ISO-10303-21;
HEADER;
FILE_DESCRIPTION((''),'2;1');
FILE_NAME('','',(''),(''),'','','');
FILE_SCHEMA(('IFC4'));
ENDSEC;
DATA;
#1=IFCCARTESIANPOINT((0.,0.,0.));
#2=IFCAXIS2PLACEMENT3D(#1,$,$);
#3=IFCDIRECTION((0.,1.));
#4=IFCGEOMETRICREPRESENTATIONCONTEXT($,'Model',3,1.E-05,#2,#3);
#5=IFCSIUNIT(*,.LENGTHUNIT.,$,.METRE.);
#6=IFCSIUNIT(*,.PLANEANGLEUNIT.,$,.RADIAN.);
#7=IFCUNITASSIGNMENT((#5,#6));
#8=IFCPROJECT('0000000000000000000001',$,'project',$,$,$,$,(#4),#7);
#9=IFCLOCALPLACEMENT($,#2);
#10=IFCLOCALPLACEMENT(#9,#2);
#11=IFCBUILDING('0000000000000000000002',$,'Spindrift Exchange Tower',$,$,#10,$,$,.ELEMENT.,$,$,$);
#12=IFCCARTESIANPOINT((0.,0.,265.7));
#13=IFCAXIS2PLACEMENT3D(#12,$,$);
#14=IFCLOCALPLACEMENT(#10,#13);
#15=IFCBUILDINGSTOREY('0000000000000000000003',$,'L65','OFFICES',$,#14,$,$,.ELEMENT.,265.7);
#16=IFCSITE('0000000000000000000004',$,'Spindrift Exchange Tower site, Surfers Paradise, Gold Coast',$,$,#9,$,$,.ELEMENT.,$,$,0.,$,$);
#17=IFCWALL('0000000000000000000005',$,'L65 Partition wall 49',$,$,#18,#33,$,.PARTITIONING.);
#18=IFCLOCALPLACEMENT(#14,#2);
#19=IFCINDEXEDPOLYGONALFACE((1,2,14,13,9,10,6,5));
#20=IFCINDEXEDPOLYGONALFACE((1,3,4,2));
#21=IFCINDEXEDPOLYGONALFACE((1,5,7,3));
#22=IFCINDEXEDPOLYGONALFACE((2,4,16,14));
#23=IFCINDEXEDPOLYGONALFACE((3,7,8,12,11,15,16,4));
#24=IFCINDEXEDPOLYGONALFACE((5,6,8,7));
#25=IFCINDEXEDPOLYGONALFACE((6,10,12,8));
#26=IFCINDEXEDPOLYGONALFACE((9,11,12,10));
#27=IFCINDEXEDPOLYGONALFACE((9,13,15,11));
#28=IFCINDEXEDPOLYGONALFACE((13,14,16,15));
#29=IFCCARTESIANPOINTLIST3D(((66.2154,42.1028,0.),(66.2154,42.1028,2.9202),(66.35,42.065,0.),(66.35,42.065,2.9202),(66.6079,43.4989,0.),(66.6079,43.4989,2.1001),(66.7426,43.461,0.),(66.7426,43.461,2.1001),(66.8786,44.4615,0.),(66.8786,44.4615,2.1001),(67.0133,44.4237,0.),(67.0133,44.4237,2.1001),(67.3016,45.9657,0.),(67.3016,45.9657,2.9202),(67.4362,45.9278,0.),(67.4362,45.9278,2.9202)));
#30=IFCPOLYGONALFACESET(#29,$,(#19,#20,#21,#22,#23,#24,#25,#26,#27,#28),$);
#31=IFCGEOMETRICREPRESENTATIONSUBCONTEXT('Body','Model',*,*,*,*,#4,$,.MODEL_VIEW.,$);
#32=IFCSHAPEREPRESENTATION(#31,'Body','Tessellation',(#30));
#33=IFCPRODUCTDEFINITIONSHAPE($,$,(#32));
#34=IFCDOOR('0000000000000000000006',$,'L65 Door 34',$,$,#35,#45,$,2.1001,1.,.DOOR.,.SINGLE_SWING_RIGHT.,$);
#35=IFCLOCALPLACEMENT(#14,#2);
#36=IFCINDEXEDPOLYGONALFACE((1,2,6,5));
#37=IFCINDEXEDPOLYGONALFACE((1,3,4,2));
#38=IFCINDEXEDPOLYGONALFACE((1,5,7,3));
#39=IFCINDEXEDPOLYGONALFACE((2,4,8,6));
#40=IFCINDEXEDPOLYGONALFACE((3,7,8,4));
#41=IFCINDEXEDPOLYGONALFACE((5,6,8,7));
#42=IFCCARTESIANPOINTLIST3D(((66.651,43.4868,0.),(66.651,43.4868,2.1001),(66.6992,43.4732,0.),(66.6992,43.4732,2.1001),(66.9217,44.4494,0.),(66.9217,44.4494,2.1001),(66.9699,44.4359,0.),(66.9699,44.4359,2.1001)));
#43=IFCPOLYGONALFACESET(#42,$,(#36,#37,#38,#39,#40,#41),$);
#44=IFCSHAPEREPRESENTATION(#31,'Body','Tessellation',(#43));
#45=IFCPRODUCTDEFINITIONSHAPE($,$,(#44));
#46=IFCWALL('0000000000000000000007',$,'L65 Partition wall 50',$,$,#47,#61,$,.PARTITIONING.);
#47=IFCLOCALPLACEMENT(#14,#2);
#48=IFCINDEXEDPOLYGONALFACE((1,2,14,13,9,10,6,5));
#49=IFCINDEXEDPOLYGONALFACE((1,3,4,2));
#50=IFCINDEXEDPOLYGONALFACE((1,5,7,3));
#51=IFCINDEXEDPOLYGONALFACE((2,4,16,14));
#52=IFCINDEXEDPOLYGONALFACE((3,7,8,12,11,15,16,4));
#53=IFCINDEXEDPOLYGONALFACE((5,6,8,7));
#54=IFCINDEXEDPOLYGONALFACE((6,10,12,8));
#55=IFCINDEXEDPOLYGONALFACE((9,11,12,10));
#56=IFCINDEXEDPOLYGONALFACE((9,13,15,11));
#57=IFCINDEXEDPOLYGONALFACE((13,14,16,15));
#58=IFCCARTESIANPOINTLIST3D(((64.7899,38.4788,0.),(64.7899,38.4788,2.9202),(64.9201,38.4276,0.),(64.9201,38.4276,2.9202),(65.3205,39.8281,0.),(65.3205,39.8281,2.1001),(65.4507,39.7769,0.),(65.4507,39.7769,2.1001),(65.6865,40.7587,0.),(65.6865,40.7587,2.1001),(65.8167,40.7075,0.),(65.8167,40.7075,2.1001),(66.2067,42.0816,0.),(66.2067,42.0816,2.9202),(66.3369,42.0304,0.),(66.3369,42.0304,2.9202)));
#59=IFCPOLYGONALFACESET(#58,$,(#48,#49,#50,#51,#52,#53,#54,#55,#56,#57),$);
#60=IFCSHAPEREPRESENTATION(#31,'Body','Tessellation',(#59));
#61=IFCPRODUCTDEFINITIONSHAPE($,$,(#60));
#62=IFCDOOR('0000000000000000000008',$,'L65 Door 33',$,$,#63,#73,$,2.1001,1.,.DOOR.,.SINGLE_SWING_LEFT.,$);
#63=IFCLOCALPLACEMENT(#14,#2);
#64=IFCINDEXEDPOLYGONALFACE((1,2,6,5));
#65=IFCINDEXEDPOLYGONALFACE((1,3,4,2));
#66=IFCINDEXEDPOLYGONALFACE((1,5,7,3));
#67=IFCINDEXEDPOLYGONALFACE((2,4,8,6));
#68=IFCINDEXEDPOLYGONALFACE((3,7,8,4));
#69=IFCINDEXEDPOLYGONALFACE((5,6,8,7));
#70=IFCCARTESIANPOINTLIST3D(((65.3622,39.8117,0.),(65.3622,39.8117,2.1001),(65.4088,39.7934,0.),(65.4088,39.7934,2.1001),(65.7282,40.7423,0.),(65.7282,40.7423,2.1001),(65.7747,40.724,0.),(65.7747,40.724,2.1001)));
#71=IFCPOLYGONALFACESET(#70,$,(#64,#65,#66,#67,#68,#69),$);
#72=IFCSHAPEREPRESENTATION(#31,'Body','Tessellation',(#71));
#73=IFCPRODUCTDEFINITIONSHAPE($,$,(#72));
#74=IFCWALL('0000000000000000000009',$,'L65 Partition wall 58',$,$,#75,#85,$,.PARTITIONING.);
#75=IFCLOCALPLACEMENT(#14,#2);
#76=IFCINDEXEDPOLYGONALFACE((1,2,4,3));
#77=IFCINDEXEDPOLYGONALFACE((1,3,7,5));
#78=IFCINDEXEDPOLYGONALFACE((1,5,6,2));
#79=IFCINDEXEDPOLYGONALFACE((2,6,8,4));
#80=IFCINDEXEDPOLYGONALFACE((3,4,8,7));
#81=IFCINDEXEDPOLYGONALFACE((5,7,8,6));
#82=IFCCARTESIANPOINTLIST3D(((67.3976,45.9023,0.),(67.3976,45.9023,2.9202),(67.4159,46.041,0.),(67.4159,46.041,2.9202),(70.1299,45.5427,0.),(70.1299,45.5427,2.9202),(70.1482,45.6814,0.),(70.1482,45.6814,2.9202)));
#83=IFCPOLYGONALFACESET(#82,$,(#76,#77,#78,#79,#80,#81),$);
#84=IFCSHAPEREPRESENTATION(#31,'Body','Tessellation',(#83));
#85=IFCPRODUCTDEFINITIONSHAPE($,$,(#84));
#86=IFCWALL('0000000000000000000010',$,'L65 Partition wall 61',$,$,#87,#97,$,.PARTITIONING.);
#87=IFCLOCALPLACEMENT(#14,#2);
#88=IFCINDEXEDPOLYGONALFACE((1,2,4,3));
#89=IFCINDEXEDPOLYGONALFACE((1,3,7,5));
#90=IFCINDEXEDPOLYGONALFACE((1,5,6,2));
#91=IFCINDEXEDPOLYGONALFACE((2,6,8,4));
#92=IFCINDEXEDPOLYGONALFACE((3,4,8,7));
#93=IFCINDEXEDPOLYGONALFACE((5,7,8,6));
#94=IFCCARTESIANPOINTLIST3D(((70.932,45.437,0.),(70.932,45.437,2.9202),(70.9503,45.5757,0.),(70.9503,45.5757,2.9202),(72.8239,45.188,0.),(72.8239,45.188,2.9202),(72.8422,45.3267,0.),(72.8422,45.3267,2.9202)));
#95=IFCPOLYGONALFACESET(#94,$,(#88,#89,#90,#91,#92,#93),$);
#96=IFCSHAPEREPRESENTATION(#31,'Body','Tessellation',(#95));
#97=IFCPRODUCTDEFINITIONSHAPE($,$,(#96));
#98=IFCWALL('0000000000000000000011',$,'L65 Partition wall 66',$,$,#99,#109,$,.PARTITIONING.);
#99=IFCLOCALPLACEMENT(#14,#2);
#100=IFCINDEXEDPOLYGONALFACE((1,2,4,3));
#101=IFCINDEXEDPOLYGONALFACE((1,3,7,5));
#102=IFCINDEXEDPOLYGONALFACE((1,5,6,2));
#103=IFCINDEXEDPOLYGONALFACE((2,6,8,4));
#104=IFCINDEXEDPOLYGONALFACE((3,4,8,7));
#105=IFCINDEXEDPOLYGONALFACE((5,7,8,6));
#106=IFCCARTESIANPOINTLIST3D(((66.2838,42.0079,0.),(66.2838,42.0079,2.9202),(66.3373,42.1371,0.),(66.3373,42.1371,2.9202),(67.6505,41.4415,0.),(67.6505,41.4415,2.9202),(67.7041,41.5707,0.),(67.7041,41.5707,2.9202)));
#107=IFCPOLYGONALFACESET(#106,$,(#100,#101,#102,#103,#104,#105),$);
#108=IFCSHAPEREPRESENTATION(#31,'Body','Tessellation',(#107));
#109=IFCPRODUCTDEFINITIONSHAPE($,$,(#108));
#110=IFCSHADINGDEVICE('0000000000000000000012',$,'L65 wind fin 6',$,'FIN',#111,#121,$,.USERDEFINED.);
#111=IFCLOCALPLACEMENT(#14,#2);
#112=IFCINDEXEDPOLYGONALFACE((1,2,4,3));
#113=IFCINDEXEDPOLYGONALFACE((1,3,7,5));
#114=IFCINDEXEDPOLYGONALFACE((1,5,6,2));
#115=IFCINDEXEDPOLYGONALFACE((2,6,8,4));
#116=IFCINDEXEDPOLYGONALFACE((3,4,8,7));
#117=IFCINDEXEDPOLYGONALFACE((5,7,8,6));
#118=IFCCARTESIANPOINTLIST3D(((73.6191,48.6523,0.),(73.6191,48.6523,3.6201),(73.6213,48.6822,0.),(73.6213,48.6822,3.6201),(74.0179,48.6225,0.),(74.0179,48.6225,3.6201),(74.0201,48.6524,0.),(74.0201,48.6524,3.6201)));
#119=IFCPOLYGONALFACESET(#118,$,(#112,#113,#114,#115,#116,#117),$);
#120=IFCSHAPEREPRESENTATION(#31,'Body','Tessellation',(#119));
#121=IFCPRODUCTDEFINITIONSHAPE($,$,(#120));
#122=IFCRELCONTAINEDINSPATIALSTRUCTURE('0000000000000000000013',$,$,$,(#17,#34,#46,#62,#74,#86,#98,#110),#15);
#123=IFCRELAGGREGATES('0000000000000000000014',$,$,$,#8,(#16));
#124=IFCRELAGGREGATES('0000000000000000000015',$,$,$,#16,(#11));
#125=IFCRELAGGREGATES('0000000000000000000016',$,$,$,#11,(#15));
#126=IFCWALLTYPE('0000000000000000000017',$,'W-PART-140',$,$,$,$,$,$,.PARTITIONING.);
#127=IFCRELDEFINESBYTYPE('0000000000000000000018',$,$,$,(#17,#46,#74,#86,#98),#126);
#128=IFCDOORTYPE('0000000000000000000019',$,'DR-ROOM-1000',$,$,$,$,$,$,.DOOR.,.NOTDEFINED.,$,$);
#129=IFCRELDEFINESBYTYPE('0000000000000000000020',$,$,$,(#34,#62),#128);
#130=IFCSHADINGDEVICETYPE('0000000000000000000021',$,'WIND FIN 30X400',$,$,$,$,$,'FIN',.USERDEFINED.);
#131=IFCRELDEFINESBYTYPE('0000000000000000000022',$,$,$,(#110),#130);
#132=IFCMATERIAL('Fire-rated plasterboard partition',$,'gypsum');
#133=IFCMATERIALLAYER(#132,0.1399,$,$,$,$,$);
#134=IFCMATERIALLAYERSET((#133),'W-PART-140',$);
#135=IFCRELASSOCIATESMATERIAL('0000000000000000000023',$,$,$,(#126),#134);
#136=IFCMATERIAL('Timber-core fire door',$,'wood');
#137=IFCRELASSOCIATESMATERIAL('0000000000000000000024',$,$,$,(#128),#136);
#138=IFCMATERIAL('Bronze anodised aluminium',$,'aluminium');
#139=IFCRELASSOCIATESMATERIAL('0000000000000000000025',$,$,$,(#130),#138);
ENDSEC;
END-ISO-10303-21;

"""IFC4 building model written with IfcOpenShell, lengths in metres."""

from ifc_helpers import new_model, si_unit, direction, frame, frame_2d, origin, origin_2d, place, context, subcontext, project, spatial, rectangle, extrude, source, transform, mapped, material, layer, layer_set, material_profile, profile_set, type_object, element, fill, save


model = new_model("IFC4")

# Units and contexts
model_context = context("Model", 3, precision=1e-05, world=origin(), true_north=direction((0.0, 1.0)))
body_context = subcontext(model_context, "Body", "Model", "MODEL_VIEW")
ifc_project = project(units=[si_unit("LENGTHUNIT", "METRE"), si_unit("PLANEANGLEUNIT", "RADIAN")], contexts=[model_context])

# Site, building, storey
site_placement = place(None, origin())
site = spatial("IfcSite", under=ifc_project, at=site_placement, Name="Spindrift Exchange Tower site, Surfers Paradise, Gold Coast", CompositionType="ELEMENT", RefElevation=0.0)
building_placement = place(site_placement, origin())
building = spatial("IfcBuilding", under=site, at=building_placement, Name="Spindrift Exchange Tower", CompositionType="ELEMENT")
storey_placement = place(building_placement, frame((0.0, 0.0, 265.7)))
storey = spatial("IfcBuildingStorey", under=building, at=storey_placement, Name="L65", Description="OFFICES", CompositionType="ELEMENT", Elevation=265.7)

# Shared definitions
ifc_material_1 = material(Name="Bronze anodised aluminium", Category="aluminium")

# Walls, openings, doors
ifc_material_2 = material(Name="Fire-rated plasterboard partition", Category="gypsum")
ifc_layer_1 = layer(ifc_material_2, 0.1399)
ifc_layer_set_1 = layer_set([ifc_layer_1], Name="W-PART-140")
wall_type = type_object("IfcWallType", Name="W-PART-140", PredefinedType="PARTITIONING", material=ifc_layer_set_1)
wall_1_placement = place(storey_placement, frame((67.3689, 45.9468, 0.0), z_axis=(0.0, 0.0, 1.0), x_axis=(-0.270693, -0.962666, 0.0)))
wall_1 = element("IfcWall", 1, at=wall_1_placement, inside=storey, type_object=wall_type, Name="L65 Partition wall 49", PredefinedType="PARTITIONING", context=body_context, shape_type="SweptSolid", body=[
    extrude(rectangle(XDim=4.0127, YDim=0.1399, at=frame_2d((2.0063, 0.0))), origin(), (0.0, 0.0, 1.0), 2.9202),
])
opening_1_placement = place(wall_1_placement, frame((1.5625, 0.0, 0.0)))
opening_1 = element("IfcOpeningElement", 2, at=opening_1_placement, cuts=wall_1, PredefinedType="OPENING", context=body_context, shape_type="SweptSolid", body=[
    extrude(rectangle(XDim=1.0, YDim=2.1001, at=frame_2d((0.5, 1.05))), frame((0.0, 0.0798, 0.0), z_axis=(0.0, -1.0, 0.0), x_axis=(1.0, 0.0, 0.0)), (0.0, 0.0, 1.0), 0.1599),
])
ifc_material_3 = material(Name="Timber-core fire door", Category="wood")
door_type = type_object("IfcDoorType", Name="DR-ROOM-1000", OperationType="NOTDEFINED", PredefinedType="DOOR", material=ifc_material_3)
shared_shape_1 = source(origin(), body_context, "Body", "SweptSolid", [
    extrude(rectangle(XDim=1.0, YDim=2.1001, at=frame_2d((0.5, 1.05))), frame((0.0, 0.0249, 0.0), z_axis=(0.0, -1.0, 0.0), x_axis=(1.0, 0.0, 0.0)), (0.0, 0.0, 1.0), 0.05),
])
door_1_placement = place(opening_1_placement, origin())
door_1 = element("IfcDoor", 3, at=door_1_placement, inside=storey, type_object=door_type, Name="L65 Door 34", OperationType="SINGLE_SWING_RIGHT", OverallHeight=2.1001, OverallWidth=1.0, PredefinedType="DOOR", context=body_context, shape_type="MappedRepresentation", body=[
    mapped(shared_shape_1, transform((0.0, 0.0, 0.0), scale=1.0)),
])
fill(opening_1, door_1)
wall_2_placement = place(storey_placement, frame((66.2717, 42.0559, 0.0), z_axis=(0.0, 0.0, 1.0), x_axis=(-0.365959, -0.930631, 0.0)))
wall_2 = element("IfcWall", 4, at=wall_2_placement, inside=storey, type_object=wall_type, Name="L65 Partition wall 50", PredefinedType="PARTITIONING", context=body_context, shape_type="SweptSolid", body=[
    extrude(rectangle(XDim=3.8713, YDim=0.1399, at=frame_2d((1.9355, 0.0))), origin(), (0.0, 0.0, 1.0), 2.9202),
])
opening_2_placement = place(wall_2_placement, frame((1.4214, 0.0, 0.0)))
opening_2 = element("IfcOpeningElement", 5, at=opening_2_placement, cuts=wall_2, PredefinedType="OPENING", context=body_context, shape_type="SweptSolid", body=[
    extrude(rectangle(XDim=1.0, YDim=2.1001, at=frame_2d((0.5, 1.05))), frame((0.0, 0.0798, 0.0), z_axis=(0.0, -1.0, 0.0), x_axis=(1.0, 0.0, 0.0)), (0.0, 0.0, 1.0), 0.1599),
])
door_2_placement = place(opening_2_placement, origin())
door_2 = element("IfcDoor", 6, at=door_2_placement, inside=storey, type_object=door_type, Name="L65 Door 33", OperationType="SINGLE_SWING_LEFT", OverallHeight=2.1001, OverallWidth=1.0, PredefinedType="DOOR", context=body_context, shape_type="MappedRepresentation", body=[
    mapped(shared_shape_1, transform((0.0, 0.0, 0.0), scale=1.0)),
])
fill(opening_2, door_2)

# Walls
wall_3_placement = place(storey_placement, frame((67.4067, 45.9717, 0.0), z_axis=(0.0, 0.0, 1.0), x_axis=(0.991449, -0.130498, 0.0)))
element("IfcWall", 7, at=wall_3_placement, inside=storey, type_object=wall_type, Name="L65 Partition wall 58", PredefinedType="PARTITIONING", context=body_context, shape_type="SweptSolid", body=[
    extrude(rectangle(XDim=2.7559, YDim=0.1399, at=frame_2d((1.3779, 0.0))), origin(), (0.0, 0.0, 1.0), 2.9202),
])
wall_4_placement = place(storey_placement, frame((70.9412, 45.5063, 0.0), z_axis=(0.0, 0.0, 1.0), x_axis=(0.991448, -0.130504, 0.0)))
element("IfcWall", 8, at=wall_4_placement, inside=storey, type_object=wall_type, Name="L65 Partition wall 61", PredefinedType="PARTITIONING", context=body_context, shape_type="SweptSolid", body=[
    extrude(rectangle(XDim=1.9082, YDim=0.1399, at=frame_2d((0.9541, 0.0))), origin(), (0.0, 0.0, 1.0), 2.9202),
])
wall_5_placement = place(storey_placement, frame((66.3105, 42.0725, 0.0), z_axis=(0.0, 0.0, 1.0), x_axis=(0.923808, -0.382857, 0.0)))
element("IfcWall", 9, at=wall_5_placement, inside=storey, type_object=wall_type, Name="L65 Partition wall 66", PredefinedType="PARTITIONING", context=body_context, shape_type="SweptSolid", body=[
    extrude(rectangle(XDim=1.4795, YDim=0.1399, at=frame_2d((0.7397, 0.0))), origin(), (0.0, 0.0, 1.0), 2.9202),
])

# Shading device
ifc_material_profile_1 = material_profile(ifc_material_1, rectangle(XDim=0.03, YDim=0.3999, at=origin_2d()), Name="WIND FIN 30X400")
ifc_profile_set_1 = profile_set([ifc_material_profile_1], Name="Bronze anodised aluminium")
shading_device_type = type_object("IfcShadingDeviceType", Name="WIND FIN 30X400", ElementType="FIN", PredefinedType="USERDEFINED", material=ifc_profile_set_1)
shared_shape_2 = source(origin(), body_context, "Body", "SweptSolid", [
    extrude(rectangle(XDim=0.03, YDim=0.3999, at=origin_2d()), origin(), (0.0, 0.0, 1.0), 3.6201),
])
shading_device_placement = place(storey_placement, frame((73.8196, 48.6523, 0.0), z_axis=(0.0, 0.0, 1.0), x_axis=(0.074417, 0.997227, 0.0)))
element("IfcShadingDevice", 10, at=shading_device_placement, inside=storey, type_object=shading_device_type, Name="L65 wind fin 6", ObjectType="FIN", PredefinedType="USERDEFINED", context=body_context, shape_type="MappedRepresentation", body=[
    mapped(shared_shape_2, transform((0.0, 0.0, 0.0), scale=1.0)),
])

save(model, "model.ifc")
